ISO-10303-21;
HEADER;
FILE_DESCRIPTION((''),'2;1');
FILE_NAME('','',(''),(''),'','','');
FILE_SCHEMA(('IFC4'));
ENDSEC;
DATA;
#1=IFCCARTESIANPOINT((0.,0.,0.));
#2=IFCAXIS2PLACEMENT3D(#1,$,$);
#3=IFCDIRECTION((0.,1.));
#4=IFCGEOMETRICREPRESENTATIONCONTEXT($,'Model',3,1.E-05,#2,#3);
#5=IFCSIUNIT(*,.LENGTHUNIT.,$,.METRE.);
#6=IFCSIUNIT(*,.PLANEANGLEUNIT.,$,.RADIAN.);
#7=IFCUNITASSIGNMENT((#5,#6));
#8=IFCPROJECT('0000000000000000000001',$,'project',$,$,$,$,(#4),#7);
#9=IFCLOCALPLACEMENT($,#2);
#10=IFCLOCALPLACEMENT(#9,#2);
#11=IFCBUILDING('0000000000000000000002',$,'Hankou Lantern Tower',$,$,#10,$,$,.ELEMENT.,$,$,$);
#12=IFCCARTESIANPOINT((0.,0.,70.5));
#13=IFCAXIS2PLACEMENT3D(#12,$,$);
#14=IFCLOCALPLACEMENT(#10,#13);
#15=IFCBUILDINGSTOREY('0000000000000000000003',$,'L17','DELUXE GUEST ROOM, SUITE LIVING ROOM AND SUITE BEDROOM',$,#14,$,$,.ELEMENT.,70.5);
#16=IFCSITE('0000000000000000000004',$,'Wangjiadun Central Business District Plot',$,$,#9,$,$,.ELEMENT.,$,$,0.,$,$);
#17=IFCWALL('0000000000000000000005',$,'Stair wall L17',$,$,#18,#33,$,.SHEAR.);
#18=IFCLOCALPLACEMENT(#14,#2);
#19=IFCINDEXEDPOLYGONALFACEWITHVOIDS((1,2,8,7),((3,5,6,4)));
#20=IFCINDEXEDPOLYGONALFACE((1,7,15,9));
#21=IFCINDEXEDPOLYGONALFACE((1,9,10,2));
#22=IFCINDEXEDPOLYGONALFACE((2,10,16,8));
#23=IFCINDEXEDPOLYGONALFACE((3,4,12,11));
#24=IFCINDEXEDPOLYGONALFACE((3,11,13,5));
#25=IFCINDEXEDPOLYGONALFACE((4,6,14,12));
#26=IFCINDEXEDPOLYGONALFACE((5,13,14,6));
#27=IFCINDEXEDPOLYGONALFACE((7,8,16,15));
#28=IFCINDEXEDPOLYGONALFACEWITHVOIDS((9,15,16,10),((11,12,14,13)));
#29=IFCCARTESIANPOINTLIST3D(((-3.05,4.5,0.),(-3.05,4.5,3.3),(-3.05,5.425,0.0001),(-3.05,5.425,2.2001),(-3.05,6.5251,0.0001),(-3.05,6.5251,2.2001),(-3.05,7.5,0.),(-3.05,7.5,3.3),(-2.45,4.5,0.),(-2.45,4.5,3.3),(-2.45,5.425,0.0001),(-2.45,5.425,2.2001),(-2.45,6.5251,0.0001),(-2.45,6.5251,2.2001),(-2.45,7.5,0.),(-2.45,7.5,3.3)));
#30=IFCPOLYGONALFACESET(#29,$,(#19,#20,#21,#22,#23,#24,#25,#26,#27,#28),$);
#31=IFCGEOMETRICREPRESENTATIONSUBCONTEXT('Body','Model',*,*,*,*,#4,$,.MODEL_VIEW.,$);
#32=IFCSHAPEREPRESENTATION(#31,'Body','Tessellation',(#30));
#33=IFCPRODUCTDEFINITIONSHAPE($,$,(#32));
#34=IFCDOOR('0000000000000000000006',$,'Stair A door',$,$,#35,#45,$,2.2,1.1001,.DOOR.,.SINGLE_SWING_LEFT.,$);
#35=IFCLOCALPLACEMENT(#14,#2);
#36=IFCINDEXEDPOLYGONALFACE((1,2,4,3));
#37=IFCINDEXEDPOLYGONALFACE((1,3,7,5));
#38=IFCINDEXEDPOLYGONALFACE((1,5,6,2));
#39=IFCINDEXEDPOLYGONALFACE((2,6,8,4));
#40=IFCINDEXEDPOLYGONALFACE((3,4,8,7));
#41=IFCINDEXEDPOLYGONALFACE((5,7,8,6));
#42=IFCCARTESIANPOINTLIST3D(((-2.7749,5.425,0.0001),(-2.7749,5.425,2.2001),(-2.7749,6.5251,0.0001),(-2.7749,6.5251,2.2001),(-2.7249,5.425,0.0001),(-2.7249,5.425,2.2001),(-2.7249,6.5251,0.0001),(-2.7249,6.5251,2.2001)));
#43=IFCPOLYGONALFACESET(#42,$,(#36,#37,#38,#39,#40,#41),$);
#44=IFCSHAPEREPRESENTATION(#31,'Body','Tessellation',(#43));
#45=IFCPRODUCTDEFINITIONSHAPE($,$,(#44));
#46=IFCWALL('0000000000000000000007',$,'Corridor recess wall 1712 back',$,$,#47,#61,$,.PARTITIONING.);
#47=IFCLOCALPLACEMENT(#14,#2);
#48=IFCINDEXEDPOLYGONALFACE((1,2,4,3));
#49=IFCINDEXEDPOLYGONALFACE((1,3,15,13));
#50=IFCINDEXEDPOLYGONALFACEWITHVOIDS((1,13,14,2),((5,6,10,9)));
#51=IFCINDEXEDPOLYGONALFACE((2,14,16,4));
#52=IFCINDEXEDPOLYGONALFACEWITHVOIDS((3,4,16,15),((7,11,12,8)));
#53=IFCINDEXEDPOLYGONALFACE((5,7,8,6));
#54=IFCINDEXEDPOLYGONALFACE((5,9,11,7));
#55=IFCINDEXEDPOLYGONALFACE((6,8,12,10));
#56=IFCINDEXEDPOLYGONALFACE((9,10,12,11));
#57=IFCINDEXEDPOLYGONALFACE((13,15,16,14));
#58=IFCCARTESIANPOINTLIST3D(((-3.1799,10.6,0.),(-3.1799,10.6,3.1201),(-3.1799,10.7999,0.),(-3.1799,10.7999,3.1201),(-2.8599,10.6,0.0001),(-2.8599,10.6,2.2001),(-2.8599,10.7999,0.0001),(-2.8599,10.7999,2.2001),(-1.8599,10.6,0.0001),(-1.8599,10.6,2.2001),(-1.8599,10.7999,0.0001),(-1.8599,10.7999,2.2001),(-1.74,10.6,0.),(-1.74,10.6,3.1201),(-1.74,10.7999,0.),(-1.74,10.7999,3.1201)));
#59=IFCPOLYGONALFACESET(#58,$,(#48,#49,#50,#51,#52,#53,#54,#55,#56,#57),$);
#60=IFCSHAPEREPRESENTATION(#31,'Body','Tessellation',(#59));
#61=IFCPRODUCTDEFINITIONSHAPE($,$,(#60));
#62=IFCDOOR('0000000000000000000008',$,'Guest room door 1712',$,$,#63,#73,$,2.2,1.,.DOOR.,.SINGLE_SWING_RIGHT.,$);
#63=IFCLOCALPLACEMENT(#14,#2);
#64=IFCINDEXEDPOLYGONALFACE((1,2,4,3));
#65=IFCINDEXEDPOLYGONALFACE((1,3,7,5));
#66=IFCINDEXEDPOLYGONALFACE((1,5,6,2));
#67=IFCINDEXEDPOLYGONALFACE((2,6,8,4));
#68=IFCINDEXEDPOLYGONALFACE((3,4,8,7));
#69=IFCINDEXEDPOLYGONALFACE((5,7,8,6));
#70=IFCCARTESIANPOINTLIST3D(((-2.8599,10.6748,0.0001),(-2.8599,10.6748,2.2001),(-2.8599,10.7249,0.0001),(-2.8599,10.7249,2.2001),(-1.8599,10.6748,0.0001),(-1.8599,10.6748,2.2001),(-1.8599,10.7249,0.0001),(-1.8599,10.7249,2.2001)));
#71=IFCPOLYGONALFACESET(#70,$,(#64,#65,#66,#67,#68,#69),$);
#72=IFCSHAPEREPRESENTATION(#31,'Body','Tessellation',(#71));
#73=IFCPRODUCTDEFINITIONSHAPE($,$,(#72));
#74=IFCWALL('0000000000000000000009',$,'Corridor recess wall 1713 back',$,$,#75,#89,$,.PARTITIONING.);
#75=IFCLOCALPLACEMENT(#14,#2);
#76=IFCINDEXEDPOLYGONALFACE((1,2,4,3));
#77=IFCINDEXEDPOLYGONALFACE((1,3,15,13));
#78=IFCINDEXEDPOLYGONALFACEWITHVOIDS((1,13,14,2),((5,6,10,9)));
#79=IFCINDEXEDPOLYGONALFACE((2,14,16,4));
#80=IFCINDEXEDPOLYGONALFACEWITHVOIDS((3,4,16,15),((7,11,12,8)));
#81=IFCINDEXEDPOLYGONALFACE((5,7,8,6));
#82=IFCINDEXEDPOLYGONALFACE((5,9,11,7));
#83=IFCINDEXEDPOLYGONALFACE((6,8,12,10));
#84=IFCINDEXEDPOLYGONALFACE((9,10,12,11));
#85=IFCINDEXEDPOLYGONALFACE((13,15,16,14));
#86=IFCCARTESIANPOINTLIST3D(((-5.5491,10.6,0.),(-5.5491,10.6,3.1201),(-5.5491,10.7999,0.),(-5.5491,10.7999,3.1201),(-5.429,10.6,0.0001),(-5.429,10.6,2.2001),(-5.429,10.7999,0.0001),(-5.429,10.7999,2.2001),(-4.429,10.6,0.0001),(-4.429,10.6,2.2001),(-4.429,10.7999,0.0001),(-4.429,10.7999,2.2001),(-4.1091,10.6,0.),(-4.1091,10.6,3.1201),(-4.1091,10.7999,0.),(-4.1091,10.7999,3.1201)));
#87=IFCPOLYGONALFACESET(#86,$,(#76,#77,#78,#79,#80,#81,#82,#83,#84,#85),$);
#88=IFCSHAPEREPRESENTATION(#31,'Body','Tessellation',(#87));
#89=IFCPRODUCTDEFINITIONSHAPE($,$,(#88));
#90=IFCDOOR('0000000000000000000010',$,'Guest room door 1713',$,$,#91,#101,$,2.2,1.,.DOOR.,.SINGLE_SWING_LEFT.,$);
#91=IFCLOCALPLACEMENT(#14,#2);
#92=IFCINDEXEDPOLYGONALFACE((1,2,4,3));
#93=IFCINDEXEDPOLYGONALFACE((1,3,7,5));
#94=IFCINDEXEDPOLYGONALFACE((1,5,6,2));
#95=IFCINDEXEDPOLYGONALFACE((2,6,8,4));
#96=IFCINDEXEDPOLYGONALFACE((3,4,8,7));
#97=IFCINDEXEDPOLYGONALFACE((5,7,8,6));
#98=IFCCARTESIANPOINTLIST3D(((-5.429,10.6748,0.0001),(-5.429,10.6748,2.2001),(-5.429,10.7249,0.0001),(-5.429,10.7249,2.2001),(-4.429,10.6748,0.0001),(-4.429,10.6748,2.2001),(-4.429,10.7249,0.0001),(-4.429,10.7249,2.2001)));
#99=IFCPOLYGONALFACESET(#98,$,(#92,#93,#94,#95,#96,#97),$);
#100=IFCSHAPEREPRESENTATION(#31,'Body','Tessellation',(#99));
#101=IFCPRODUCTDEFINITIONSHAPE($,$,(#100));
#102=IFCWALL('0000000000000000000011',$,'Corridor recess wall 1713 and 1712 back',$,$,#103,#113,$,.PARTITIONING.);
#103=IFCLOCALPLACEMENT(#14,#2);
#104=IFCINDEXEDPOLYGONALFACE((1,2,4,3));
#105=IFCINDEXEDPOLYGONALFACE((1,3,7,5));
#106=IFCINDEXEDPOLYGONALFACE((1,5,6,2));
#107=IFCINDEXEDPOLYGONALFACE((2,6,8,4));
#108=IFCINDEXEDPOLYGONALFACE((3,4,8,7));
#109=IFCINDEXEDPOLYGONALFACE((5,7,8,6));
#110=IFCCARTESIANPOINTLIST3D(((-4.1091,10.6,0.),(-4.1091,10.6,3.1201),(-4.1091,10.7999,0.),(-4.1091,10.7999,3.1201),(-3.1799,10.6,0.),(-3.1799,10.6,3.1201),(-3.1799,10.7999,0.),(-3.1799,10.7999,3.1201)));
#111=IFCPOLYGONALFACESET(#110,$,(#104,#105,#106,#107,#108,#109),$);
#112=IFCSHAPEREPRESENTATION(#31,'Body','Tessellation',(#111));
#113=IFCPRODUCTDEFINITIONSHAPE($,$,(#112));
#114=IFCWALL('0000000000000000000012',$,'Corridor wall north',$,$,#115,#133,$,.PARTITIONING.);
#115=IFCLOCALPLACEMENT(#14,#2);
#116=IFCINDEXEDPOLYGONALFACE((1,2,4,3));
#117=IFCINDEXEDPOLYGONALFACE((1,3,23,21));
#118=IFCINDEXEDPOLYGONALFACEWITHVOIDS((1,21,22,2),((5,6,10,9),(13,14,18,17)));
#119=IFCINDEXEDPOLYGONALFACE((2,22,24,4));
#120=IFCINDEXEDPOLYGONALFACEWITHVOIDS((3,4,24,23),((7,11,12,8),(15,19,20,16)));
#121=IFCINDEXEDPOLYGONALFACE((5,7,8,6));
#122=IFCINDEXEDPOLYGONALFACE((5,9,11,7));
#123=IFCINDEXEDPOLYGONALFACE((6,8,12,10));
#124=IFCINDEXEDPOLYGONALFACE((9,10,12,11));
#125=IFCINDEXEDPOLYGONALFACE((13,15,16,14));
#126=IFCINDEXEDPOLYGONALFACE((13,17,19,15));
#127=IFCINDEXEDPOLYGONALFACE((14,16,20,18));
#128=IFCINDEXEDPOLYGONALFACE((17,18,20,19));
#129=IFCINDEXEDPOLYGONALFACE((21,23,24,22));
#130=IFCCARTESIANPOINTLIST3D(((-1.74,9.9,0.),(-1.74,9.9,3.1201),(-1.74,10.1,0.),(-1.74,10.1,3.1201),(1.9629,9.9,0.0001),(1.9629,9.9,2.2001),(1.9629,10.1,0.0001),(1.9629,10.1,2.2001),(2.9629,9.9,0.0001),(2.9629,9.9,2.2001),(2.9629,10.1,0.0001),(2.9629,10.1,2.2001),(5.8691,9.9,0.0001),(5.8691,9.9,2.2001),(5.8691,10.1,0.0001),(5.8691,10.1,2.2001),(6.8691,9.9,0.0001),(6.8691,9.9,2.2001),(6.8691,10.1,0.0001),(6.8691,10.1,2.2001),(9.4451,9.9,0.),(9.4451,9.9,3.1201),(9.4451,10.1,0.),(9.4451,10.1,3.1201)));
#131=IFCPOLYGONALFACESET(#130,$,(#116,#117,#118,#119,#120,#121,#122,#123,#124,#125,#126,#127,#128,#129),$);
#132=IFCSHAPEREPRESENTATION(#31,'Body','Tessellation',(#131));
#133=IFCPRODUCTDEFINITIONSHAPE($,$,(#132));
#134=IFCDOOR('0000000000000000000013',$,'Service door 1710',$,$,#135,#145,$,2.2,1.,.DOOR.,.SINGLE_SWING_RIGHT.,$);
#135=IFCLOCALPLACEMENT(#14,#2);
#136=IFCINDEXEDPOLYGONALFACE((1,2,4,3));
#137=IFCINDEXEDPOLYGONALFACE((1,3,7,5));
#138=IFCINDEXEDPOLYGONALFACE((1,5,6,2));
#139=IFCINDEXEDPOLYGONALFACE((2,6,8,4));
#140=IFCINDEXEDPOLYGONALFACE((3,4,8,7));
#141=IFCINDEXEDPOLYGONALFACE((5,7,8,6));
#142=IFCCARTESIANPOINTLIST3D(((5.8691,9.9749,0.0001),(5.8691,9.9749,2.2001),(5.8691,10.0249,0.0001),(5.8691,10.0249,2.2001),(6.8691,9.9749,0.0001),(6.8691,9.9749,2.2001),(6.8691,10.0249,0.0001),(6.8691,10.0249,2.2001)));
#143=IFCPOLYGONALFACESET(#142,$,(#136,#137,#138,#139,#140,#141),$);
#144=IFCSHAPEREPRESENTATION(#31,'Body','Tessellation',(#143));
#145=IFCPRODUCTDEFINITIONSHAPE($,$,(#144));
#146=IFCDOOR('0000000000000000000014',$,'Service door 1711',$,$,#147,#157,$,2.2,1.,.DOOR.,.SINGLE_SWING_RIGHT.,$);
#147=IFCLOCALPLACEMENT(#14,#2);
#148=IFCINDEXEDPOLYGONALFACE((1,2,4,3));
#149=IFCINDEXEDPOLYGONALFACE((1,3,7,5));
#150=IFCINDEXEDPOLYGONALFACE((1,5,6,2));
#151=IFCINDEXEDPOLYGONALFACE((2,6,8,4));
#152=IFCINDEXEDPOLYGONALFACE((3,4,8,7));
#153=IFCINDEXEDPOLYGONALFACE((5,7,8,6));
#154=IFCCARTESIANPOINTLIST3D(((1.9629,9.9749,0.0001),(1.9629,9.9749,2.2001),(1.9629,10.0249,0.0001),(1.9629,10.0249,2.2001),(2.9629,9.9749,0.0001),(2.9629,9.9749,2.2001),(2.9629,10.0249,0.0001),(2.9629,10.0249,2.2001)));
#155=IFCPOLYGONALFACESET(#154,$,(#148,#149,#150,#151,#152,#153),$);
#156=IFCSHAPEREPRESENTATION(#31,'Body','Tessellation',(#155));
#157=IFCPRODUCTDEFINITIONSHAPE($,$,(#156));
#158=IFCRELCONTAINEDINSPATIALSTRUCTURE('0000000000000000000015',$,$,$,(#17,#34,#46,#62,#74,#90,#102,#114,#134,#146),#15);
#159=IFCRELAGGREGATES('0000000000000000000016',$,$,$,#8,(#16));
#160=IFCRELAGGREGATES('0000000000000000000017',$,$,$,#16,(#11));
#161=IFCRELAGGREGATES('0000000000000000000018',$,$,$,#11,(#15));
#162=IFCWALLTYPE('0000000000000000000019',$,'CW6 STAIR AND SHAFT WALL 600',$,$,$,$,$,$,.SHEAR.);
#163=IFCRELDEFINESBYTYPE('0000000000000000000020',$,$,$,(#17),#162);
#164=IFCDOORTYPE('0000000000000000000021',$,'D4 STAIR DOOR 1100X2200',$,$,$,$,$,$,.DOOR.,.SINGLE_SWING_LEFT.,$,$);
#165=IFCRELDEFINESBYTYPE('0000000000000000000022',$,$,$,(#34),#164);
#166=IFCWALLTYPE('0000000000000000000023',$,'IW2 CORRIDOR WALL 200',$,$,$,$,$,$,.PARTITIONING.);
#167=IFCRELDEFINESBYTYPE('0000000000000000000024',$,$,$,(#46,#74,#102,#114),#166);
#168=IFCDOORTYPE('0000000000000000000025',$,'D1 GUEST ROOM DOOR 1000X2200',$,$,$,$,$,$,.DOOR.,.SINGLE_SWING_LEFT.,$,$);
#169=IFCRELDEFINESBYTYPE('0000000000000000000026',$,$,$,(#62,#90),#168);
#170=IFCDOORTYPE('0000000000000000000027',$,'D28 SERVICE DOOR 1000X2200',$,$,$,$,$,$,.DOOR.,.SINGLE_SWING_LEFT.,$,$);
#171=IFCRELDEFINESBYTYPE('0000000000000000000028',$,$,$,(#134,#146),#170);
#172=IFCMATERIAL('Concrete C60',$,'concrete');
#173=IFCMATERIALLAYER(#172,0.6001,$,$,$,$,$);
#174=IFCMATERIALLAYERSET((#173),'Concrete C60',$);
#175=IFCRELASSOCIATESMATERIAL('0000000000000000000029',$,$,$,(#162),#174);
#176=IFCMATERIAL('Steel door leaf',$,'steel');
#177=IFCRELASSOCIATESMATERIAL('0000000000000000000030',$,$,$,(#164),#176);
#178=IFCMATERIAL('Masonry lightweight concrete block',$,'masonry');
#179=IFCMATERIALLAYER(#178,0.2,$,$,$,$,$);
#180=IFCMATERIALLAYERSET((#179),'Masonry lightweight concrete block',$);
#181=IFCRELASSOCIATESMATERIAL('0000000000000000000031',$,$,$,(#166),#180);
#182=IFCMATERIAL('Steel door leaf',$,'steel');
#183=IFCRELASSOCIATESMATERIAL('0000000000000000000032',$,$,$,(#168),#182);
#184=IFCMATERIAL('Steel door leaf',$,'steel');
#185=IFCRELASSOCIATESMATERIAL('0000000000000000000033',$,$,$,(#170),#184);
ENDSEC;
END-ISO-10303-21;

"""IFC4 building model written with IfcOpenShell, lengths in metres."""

from ifc_helpers import new_model, si_unit, direction, frame, frame_2d, origin, place, context, subcontext, project, spatial, rectangle, extrude, material, layer, layer_set, type_object, element, fill, save


model = new_model("IFC4")

# Units and contexts
model_context = context("Model", 3, precision=1e-05, world=origin(), true_north=direction((0.0, 1.0)))
body_context = subcontext(model_context, "Body", "Model", "MODEL_VIEW")
ifc_project = project(units=[si_unit("LENGTHUNIT", "METRE"), si_unit("PLANEANGLEUNIT", "RADIAN")], contexts=[model_context])

# Site, building, storey
site_placement = place(None, origin())
site = spatial("IfcSite", under=ifc_project, at=site_placement, Name="Wangjiadun Central Business District Plot", CompositionType="ELEMENT", RefElevation=0.0)
building_placement = place(site_placement, origin())
building = spatial("IfcBuilding", under=site, at=building_placement, Name="Hankou Lantern Tower", CompositionType="ELEMENT")
storey_placement = place(building_placement, frame((0.0, 0.0, 70.5)))
storey = spatial("IfcBuildingStorey", under=building, at=storey_placement, Name="L17", Description="DELUXE GUEST ROOM, SUITE LIVING ROOM AND SUITE BEDROOM", CompositionType="ELEMENT", Elevation=70.5)

# Walls, openings, doors
ifc_material_1 = material(Name="Concrete C60", Category="concrete")
ifc_layer_1 = layer(ifc_material_1, 0.6001)
ifc_layer_set_1 = layer_set([ifc_layer_1], Name="Concrete C60")
wall_type_1 = type_object("IfcWallType", Name="CW6 STAIR AND SHAFT WALL 600", PredefinedType="SHEAR", material=ifc_layer_set_1)
wall_1_placement = place(storey_placement, frame((-2.75, 4.5, 0.0), z_axis=(0.0, 0.0, 1.0), x_axis=(0.0, 1.0, 0.0)))
wall_1 = element("IfcWall", 1, at=wall_1_placement, inside=storey, type_object=wall_type_1, Name="Stair wall L17", PredefinedType="SHEAR", context=body_context, shape_type="SweptSolid", body=[
    extrude(rectangle(XDim=3.0, YDim=0.6001, at=frame_2d((1.5, 0.0))), origin(), (0.0, 0.0, 1.0), 3.3),
])
opening_1_placement = place(wall_1_placement, frame((0.925, 0.0, 0.0)))
opening_1 = element("IfcOpeningElement", 2, at=opening_1_placement, cuts=wall_1, PredefinedType="OPENING", context=body_context, shape_type="SweptSolid", body=[
    extrude(rectangle(XDim=1.1001, YDim=2.2, at=frame_2d((0.55, 1.1001))), frame((0.0, 0.3101, 0.0), z_axis=(0.0, -1.0, 0.0), x_axis=(1.0, 0.0, 0.0)), (0.0, 0.0, 1.0), 0.6201),
])
ifc_material_2 = material(Name="Steel door leaf", Category="steel")
door_type_1 = type_object("IfcDoorType", Name="D4 STAIR DOOR 1100X2200", OperationType="SINGLE_SWING_LEFT", PredefinedType="DOOR", material=ifc_material_2)
door_1_placement = place(opening_1_placement, origin())
door_1 = element("IfcDoor", 3, at=door_1_placement, inside=storey, type_object=door_type_1, Name="Stair A door", OperationType="SINGLE_SWING_LEFT", OverallHeight=2.2, OverallWidth=1.1001, PredefinedType="DOOR", context=body_context, shape_type="SweptSolid", body=[
    extrude(rectangle(XDim=1.1001, YDim=2.2, at=frame_2d((0.55, 1.1001))), frame((0.0, 0.0249, 0.0), z_axis=(0.0, -1.0, 0.0), x_axis=(1.0, 0.0, 0.0)), (0.0, 0.0, 1.0), 0.05),
])
fill(opening_1, door_1)
ifc_material_3 = material(Name="Masonry lightweight concrete block", Category="masonry")
ifc_layer_2 = layer(ifc_material_3, 0.2)
ifc_layer_set_2 = layer_set([ifc_layer_2], Name="Masonry lightweight concrete block")
wall_type_2 = type_object("IfcWallType", Name="IW2 CORRIDOR WALL 200", PredefinedType="PARTITIONING", material=ifc_layer_set_2)
wall_2_placement = place(storey_placement, frame((-3.1799, 10.7, 0.0), z_axis=(0.0, 0.0, 1.0), x_axis=(1.0, 0.0, 0.0)))
wall_2 = element("IfcWall", 4, at=wall_2_placement, inside=storey, type_object=wall_type_2, Name="Corridor recess wall 1712 back", PredefinedType="PARTITIONING", context=body_context, shape_type="SweptSolid", body=[
    extrude(rectangle(XDim=1.4399, YDim=0.2, at=frame_2d((0.72, 0.0))), origin(), (0.0, 0.0, 1.0), 3.1201),
])
opening_2_placement = place(wall_2_placement, frame((0.3201, 0.0, 0.0)))
opening_2 = element("IfcOpeningElement", 5, at=opening_2_placement, cuts=wall_2, PredefinedType="OPENING", context=body_context, shape_type="SweptSolid", body=[
    extrude(rectangle(XDim=1.0, YDim=2.2, at=frame_2d((0.5, 1.1001))), frame((0.0, 0.1099, 0.0), z_axis=(0.0, -1.0, 0.0), x_axis=(1.0, 0.0, 0.0)), (0.0, 0.0, 1.0), 0.22),
])
ifc_material_4 = material(Name="Steel door leaf", Category="steel")
door_type_2 = type_object("IfcDoorType", Name="D1 GUEST ROOM DOOR 1000X2200", OperationType="SINGLE_SWING_LEFT", PredefinedType="DOOR", material=ifc_material_4)
door_2_placement = place(opening_2_placement, origin())
door_2 = element("IfcDoor", 6, at=door_2_placement, inside=storey, type_object=door_type_2, Name="Guest room door 1712", OperationType="SINGLE_SWING_RIGHT", OverallHeight=2.2, OverallWidth=1.0, PredefinedType="DOOR", context=body_context, shape_type="SweptSolid", body=[
    extrude(rectangle(XDim=1.0, YDim=2.2, at=frame_2d((0.5, 1.1001))), frame((0.0, 0.0249, 0.0), z_axis=(0.0, -1.0, 0.0), x_axis=(1.0, 0.0, 0.0)), (0.0, 0.0, 1.0), 0.05),
])
fill(opening_2, door_2)
wall_3_placement = place(storey_placement, frame((-5.5491, 10.7, 0.0), z_axis=(0.0, 0.0, 1.0), x_axis=(1.0, 0.0, 0.0)))
wall_3 = element("IfcWall", 7, at=wall_3_placement, inside=storey, type_object=wall_type_2, Name="Corridor recess wall 1713 back", PredefinedType="PARTITIONING", context=body_context, shape_type="SweptSolid", body=[
    extrude(rectangle(XDim=1.4399, YDim=0.2, at=frame_2d((0.72, 0.0))), origin(), (0.0, 0.0, 1.0), 3.1201),
])
opening_3_placement = place(wall_3_placement, frame((0.1201, 0.0, 0.0)))
opening_3 = element("IfcOpeningElement", 8, at=opening_3_placement, cuts=wall_3, PredefinedType="OPENING", context=body_context, shape_type="SweptSolid", body=[
    extrude(rectangle(XDim=1.0, YDim=2.2, at=frame_2d((0.5, 1.1001))), frame((0.0, 0.1099, 0.0), z_axis=(0.0, -1.0, 0.0), x_axis=(1.0, 0.0, 0.0)), (0.0, 0.0, 1.0), 0.22),
])
door_3_placement = place(opening_3_placement, origin())
door_3 = element("IfcDoor", 9, at=door_3_placement, inside=storey, type_object=door_type_2, Name="Guest room door 1713", OperationType="SINGLE_SWING_LEFT", OverallHeight=2.2, OverallWidth=1.0, PredefinedType="DOOR", context=body_context, shape_type="SweptSolid", body=[
    extrude(rectangle(XDim=1.0, YDim=2.2, at=frame_2d((0.5, 1.1001))), frame((0.0, 0.0249, 0.0), z_axis=(0.0, -1.0, 0.0), x_axis=(1.0, 0.0, 0.0)), (0.0, 0.0, 1.0), 0.05),
])
fill(opening_3, door_3)

# Wall
wall_4_placement = place(storey_placement, frame((-4.1091, 10.7, 0.0), z_axis=(0.0, 0.0, 1.0), x_axis=(1.0, 0.0, 0.0)))
element("IfcWall", 10, at=wall_4_placement, inside=storey, type_object=wall_type_2, Name="Corridor recess wall 1713 and 1712 back", PredefinedType="PARTITIONING", context=body_context, shape_type="SweptSolid", body=[
    extrude(rectangle(XDim=0.9292, YDim=0.2, at=frame_2d((0.4646, 0.0))), origin(), (0.0, 0.0, 1.0), 3.1201),
])

# Wall, openings, doors
wall_5_placement = place(storey_placement, frame((-1.74, 10.0, 0.0), z_axis=(0.0, 0.0, 1.0), x_axis=(1.0, 0.0, 0.0)))
wall_5 = element("IfcWall", 11, at=wall_5_placement, inside=storey, type_object=wall_type_2, Name="Corridor wall north", PredefinedType="PARTITIONING", context=body_context, shape_type="SweptSolid", body=[
    extrude(rectangle(XDim=11.1851, YDim=0.2, at=frame_2d((5.5925, 0.0))), origin(), (0.0, 0.0, 1.0), 3.1201),
])
opening_4_placement = place(wall_5_placement, frame((7.6091, 0.0, 0.0)))
opening_4 = element("IfcOpeningElement", 12, at=opening_4_placement, cuts=wall_5, PredefinedType="OPENING", context=body_context, shape_type="SweptSolid", body=[
    extrude(rectangle(XDim=1.0, YDim=2.2, at=frame_2d((0.5, 1.1001))), frame((0.0, 0.1099, 0.0), z_axis=(0.0, -1.0, 0.0), x_axis=(1.0, 0.0, 0.0)), (0.0, 0.0, 1.0), 0.22),
])
opening_5_placement = place(wall_5_placement, frame((3.7029, 0.0, 0.0)))
opening_5 = element("IfcOpeningElement", 13, at=opening_5_placement, cuts=wall_5, PredefinedType="OPENING", context=body_context, shape_type="SweptSolid", body=[
    extrude(rectangle(XDim=1.0, YDim=2.2, at=frame_2d((0.5, 1.1001))), frame((0.0, 0.1099, 0.0), z_axis=(0.0, -1.0, 0.0), x_axis=(1.0, 0.0, 0.0)), (0.0, 0.0, 1.0), 0.22),
])
ifc_material_5 = material(Name="Steel door leaf", Category="steel")
door_type_3 = type_object("IfcDoorType", Name="D28 SERVICE DOOR 1000X2200", OperationType="SINGLE_SWING_LEFT", PredefinedType="DOOR", material=ifc_material_5)
door_4_placement = place(opening_4_placement, origin())
door_4 = element("IfcDoor", 14, at=door_4_placement, inside=storey, type_object=door_type_3, Name="Service door 1710", OperationType="SINGLE_SWING_RIGHT", OverallHeight=2.2, OverallWidth=1.0, PredefinedType="DOOR", context=body_context, shape_type="SweptSolid", body=[
    extrude(rectangle(XDim=1.0, YDim=2.2, at=frame_2d((0.5, 1.1001))), frame((0.0, 0.0249, 0.0), z_axis=(0.0, -1.0, 0.0), x_axis=(1.0, 0.0, 0.0)), (0.0, 0.0, 1.0), 0.05),
])
fill(opening_4, door_4)
door_5_placement = place(opening_5_placement, origin())
door_5 = element("IfcDoor", 15, at=door_5_placement, inside=storey, type_object=door_type_3, Name="Service door 1711", OperationType="SINGLE_SWING_RIGHT", OverallHeight=2.2, OverallWidth=1.0, PredefinedType="DOOR", context=body_context, shape_type="SweptSolid", body=[
    extrude(rectangle(XDim=1.0, YDim=2.2, at=frame_2d((0.5, 1.1001))), frame((0.0, 0.0249, 0.0), z_axis=(0.0, -1.0, 0.0), x_axis=(1.0, 0.0, 0.0)), (0.0, 0.0, 1.0), 0.05),
])
fill(opening_5, door_5)

save(model, "model.ifc")
